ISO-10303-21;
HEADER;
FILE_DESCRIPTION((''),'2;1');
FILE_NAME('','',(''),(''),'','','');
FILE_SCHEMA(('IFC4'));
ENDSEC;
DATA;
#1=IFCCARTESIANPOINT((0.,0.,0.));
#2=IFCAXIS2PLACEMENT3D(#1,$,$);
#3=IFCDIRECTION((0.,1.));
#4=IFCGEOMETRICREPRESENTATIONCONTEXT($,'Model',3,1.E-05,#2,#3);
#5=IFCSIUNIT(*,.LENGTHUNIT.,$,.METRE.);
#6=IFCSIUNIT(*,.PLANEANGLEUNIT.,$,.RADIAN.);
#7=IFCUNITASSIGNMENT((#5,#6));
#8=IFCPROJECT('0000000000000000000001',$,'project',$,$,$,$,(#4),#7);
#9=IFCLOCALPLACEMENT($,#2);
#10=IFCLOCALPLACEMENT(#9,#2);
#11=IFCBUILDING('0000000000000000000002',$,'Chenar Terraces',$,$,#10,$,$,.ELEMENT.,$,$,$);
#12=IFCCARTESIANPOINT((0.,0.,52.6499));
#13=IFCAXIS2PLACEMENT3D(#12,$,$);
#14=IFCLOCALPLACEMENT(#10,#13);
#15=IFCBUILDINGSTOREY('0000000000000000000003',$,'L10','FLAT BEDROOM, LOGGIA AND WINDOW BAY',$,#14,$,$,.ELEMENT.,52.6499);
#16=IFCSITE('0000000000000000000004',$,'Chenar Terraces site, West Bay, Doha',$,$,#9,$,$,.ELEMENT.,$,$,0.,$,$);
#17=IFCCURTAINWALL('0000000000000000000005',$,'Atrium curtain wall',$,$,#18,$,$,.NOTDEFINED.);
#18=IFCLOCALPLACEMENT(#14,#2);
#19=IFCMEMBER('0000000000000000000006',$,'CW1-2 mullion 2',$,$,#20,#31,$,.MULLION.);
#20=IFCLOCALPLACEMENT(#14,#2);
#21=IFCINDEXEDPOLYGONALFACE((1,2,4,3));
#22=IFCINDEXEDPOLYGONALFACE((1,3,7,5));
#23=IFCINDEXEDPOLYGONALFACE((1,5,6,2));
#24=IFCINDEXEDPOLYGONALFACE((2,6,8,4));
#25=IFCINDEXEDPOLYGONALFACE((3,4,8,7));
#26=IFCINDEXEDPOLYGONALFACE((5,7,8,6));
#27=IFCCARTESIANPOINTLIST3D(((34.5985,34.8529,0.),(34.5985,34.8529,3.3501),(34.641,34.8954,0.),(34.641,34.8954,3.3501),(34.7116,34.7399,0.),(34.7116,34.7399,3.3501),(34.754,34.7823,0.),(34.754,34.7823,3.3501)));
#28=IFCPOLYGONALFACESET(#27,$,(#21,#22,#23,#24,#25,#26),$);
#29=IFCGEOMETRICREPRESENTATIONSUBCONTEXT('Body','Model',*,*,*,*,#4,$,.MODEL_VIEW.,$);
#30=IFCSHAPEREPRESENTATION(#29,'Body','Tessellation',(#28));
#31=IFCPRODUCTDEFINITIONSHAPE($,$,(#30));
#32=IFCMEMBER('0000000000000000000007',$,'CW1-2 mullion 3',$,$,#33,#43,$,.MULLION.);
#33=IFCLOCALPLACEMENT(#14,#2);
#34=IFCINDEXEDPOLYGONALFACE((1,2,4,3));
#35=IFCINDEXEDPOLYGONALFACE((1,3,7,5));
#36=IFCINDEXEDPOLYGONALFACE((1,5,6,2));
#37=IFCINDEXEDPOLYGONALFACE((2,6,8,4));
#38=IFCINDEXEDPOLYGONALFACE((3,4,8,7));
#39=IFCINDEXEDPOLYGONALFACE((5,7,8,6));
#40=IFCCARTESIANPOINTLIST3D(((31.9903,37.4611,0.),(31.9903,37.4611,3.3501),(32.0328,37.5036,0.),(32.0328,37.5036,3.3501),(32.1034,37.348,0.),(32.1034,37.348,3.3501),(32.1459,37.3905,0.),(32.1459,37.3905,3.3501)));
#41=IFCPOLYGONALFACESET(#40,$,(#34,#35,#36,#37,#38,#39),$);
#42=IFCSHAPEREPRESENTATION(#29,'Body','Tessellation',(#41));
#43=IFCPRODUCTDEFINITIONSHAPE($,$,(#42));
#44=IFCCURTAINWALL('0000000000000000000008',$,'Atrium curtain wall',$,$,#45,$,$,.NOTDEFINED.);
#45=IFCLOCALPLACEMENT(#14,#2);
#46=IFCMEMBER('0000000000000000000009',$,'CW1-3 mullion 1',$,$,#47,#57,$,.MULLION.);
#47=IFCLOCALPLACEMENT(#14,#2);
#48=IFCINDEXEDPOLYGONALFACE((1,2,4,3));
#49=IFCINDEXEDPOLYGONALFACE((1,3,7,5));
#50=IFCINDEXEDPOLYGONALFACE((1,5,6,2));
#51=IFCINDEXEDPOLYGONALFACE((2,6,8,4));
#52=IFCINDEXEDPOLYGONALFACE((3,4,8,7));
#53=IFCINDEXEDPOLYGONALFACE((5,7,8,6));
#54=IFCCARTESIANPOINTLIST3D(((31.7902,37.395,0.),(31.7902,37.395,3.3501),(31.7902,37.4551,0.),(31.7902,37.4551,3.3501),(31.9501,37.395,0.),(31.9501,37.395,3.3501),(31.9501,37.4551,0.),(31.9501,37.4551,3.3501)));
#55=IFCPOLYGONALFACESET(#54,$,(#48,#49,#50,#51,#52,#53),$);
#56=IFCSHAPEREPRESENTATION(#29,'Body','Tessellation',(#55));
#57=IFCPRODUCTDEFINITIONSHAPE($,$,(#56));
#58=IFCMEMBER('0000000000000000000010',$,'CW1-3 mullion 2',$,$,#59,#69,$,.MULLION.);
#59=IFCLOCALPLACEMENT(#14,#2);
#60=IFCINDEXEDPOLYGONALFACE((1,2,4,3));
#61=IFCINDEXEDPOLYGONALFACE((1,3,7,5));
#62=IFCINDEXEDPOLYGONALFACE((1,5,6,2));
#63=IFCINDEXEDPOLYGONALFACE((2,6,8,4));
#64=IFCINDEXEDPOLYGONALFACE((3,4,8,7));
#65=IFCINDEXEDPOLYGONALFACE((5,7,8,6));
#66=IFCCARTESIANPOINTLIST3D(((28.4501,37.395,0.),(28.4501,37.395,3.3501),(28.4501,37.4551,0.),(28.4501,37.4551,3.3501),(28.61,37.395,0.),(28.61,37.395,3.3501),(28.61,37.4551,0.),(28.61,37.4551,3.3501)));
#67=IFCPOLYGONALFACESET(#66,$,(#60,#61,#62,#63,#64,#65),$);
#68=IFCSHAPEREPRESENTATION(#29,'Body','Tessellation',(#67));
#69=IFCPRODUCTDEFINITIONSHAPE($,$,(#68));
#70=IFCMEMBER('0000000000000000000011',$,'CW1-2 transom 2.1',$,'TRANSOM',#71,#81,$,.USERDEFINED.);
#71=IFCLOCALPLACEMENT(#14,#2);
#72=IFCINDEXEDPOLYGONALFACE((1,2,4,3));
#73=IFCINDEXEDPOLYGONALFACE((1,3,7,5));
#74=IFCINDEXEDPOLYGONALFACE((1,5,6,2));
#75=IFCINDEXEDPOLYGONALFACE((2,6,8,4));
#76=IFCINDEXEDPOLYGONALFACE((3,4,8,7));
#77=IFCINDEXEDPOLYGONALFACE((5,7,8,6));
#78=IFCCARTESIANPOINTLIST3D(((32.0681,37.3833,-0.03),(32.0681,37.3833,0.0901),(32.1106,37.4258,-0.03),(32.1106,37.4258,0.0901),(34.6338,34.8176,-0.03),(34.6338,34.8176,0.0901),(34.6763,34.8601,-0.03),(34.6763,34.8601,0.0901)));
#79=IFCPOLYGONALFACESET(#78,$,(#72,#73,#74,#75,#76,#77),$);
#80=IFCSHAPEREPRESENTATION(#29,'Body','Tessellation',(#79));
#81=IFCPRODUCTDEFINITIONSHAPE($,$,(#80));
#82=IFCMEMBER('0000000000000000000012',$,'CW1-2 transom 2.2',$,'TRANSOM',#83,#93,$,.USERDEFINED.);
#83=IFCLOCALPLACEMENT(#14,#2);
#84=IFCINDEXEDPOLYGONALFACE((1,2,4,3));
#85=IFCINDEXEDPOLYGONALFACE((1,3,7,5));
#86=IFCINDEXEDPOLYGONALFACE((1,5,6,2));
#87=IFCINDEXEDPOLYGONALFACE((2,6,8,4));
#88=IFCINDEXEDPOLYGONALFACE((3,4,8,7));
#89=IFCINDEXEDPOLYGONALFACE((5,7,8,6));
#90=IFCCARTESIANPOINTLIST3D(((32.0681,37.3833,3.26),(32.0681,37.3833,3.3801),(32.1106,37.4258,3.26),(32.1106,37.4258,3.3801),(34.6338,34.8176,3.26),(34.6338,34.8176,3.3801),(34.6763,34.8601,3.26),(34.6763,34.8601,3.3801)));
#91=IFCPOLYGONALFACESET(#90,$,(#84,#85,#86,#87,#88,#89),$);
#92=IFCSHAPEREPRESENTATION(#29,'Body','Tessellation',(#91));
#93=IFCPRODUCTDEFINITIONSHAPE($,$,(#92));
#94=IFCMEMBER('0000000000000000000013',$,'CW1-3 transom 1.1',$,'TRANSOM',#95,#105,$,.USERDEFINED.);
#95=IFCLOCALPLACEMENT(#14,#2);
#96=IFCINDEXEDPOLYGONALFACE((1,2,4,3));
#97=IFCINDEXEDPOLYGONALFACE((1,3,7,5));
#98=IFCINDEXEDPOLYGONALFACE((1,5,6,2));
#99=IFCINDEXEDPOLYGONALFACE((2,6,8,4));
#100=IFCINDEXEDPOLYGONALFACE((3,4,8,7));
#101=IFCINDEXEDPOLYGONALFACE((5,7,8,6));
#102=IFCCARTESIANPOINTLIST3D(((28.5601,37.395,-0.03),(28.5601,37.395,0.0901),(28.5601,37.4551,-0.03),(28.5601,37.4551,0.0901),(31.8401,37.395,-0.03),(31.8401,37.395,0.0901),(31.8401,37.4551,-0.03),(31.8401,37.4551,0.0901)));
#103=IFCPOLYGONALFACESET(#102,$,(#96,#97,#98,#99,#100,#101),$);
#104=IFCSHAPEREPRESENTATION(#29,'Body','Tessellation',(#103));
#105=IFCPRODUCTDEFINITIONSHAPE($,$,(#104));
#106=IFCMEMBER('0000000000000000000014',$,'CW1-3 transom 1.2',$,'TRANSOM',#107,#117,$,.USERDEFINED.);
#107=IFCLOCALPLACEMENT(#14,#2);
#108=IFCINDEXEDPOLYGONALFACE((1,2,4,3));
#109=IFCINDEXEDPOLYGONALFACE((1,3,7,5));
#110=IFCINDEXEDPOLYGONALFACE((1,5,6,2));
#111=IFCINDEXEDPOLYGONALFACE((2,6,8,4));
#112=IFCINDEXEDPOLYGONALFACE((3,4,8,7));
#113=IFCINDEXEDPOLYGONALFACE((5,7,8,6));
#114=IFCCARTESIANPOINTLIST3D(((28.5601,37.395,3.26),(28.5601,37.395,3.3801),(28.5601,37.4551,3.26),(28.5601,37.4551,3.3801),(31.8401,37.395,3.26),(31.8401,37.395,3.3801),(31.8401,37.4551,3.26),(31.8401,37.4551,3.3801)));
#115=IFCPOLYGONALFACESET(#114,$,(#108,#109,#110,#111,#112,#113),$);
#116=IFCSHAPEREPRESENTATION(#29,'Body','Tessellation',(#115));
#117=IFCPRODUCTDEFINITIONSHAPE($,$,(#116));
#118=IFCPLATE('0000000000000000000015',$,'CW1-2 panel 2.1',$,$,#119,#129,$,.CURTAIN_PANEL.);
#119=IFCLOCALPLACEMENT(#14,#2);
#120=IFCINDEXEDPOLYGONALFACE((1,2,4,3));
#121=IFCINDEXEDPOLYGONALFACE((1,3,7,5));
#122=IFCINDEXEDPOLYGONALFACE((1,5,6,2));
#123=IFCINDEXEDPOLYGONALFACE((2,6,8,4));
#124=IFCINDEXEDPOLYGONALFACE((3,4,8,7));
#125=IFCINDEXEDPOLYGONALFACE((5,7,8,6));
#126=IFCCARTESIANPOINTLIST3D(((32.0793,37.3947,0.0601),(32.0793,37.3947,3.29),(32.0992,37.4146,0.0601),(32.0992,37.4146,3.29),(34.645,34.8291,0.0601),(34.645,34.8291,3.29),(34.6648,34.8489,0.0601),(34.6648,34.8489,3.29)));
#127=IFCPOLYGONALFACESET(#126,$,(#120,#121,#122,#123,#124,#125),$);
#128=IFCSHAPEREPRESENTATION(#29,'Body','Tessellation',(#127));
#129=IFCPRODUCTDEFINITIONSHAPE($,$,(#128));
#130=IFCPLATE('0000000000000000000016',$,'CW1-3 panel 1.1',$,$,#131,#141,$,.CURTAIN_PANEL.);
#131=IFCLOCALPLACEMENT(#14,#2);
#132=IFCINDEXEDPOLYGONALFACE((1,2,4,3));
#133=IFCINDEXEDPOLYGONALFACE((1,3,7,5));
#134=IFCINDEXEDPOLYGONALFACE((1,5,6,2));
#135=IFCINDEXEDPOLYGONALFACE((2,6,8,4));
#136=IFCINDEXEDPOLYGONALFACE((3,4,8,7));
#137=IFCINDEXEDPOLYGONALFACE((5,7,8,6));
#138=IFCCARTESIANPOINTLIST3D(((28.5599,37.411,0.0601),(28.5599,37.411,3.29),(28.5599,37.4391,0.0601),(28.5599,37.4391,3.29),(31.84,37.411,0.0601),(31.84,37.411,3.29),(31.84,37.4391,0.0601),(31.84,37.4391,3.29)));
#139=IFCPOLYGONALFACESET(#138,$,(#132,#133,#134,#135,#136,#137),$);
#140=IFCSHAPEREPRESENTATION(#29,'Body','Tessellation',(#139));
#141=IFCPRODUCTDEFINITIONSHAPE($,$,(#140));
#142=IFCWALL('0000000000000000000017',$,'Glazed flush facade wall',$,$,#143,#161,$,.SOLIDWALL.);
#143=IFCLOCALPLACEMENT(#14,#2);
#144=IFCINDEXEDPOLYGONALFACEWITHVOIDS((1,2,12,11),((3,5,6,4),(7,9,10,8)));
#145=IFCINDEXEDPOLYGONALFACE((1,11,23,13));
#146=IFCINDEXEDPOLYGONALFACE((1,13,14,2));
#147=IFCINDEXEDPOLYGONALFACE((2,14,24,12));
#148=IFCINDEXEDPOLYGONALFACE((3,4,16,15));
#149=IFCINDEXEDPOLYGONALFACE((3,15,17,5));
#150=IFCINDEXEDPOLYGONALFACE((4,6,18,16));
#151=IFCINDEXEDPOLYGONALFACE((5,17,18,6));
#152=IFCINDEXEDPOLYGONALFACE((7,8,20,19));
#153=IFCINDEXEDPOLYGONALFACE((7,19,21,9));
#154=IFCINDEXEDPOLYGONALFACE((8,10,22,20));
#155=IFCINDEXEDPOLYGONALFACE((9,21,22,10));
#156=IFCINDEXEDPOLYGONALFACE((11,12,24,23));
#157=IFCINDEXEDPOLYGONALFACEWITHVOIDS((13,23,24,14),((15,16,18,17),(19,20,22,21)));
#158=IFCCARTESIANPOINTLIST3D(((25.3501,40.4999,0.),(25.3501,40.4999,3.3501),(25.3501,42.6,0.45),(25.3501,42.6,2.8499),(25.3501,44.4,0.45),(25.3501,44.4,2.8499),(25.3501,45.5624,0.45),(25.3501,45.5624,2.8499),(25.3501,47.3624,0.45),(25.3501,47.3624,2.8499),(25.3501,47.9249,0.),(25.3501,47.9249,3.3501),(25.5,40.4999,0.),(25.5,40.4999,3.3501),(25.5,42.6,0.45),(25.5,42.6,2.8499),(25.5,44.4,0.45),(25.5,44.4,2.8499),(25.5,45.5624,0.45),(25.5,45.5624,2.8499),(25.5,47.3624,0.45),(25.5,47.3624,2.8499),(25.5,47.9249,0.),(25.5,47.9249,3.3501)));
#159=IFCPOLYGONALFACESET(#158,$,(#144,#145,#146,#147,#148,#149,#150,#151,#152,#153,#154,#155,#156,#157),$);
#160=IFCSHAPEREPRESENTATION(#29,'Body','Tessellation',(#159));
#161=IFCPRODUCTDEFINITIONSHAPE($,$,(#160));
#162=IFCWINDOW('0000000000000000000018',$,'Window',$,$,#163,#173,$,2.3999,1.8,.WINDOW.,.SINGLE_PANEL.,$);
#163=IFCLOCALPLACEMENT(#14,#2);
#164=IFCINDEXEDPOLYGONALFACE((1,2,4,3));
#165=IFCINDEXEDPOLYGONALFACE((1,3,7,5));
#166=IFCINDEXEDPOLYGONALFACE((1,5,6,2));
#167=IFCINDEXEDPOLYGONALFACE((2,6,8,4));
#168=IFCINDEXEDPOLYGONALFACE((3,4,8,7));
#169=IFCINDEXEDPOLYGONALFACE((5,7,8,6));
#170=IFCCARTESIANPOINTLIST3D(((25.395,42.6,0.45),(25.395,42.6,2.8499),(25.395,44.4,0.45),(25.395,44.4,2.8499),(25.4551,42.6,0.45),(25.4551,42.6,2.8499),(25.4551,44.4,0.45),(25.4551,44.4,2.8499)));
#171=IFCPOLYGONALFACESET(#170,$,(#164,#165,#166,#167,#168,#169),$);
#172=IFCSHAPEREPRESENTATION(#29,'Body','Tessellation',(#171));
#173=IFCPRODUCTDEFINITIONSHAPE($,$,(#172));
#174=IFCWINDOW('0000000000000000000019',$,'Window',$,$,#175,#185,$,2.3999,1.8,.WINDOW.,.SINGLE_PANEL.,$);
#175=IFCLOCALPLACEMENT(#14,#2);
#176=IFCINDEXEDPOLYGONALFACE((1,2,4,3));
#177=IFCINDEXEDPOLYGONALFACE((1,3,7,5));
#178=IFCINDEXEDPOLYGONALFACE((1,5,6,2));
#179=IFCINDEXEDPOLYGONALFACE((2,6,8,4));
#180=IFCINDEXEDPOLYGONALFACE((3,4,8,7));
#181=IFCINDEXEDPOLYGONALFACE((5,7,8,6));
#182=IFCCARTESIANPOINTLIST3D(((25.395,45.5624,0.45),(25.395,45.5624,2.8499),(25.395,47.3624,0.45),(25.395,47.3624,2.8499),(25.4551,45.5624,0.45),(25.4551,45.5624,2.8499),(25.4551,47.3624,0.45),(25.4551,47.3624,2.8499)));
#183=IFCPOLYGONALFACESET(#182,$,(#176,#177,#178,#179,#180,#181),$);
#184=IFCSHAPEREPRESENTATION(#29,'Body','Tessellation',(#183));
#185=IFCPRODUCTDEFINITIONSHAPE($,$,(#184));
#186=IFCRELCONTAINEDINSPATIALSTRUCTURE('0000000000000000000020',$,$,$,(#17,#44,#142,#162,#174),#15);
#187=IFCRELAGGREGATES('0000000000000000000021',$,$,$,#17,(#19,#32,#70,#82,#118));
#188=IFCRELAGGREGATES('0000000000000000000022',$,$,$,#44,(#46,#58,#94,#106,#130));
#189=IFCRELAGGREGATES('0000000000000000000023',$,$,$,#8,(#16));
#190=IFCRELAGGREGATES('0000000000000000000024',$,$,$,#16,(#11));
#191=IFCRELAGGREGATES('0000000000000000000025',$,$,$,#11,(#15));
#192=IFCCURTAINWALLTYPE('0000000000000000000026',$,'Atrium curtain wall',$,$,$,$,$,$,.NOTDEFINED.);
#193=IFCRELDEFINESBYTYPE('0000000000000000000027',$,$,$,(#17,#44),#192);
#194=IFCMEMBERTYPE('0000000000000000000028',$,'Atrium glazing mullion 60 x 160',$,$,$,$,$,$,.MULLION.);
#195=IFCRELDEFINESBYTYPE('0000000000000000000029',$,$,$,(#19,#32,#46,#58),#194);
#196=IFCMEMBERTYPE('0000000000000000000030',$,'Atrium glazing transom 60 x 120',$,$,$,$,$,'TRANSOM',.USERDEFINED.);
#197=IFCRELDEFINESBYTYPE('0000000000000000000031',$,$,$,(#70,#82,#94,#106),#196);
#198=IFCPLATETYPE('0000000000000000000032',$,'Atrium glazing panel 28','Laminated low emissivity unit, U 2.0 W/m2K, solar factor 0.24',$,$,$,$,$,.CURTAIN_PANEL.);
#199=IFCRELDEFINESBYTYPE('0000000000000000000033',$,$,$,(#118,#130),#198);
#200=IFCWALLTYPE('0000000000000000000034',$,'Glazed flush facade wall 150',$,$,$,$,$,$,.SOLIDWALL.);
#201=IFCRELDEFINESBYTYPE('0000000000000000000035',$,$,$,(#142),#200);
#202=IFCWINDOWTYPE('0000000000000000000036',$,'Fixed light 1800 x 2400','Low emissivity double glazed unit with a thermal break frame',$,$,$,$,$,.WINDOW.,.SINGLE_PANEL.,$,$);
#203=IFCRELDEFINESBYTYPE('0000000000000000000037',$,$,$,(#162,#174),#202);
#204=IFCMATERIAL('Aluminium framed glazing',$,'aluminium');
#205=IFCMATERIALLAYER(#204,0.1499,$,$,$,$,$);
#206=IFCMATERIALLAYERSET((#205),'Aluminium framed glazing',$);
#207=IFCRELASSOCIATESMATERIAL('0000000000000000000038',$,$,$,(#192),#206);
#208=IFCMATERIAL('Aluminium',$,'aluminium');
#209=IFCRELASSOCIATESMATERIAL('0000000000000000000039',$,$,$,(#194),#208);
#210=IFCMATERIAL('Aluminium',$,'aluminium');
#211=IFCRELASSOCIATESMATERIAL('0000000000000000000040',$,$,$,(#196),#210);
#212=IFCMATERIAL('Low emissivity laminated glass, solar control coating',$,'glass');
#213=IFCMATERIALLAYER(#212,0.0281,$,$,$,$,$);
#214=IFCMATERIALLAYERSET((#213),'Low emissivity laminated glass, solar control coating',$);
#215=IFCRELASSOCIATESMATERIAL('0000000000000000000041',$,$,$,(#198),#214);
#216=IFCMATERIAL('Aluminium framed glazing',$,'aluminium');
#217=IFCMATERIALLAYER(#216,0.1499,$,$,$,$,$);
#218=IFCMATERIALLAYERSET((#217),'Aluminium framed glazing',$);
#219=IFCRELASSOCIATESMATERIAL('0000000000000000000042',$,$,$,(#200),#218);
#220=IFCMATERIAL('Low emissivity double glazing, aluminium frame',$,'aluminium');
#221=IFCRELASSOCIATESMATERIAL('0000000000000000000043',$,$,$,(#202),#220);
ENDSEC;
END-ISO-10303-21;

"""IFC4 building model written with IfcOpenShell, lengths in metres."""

from ifc_helpers import new_model, si_unit, direction, frame, frame_2d, origin, origin_2d, place, context, subcontext, project, spatial, rectangle, extrude, material, layer, layer_set, material_profile, profile_set, type_object, element, fill, aggregate, save


model = new_model("IFC4")

# Units and contexts
model_context = context("Model", 3, precision=1e-05, world=origin(), true_north=direction((0.0, 1.0)))
body_context = subcontext(model_context, "Body", "Model", "MODEL_VIEW")
ifc_project = project(units=[si_unit("LENGTHUNIT", "METRE"), si_unit("PLANEANGLEUNIT", "RADIAN")], contexts=[model_context])

# Site, building, storey
site_placement = place(None, origin())
site = spatial("IfcSite", under=ifc_project, at=site_placement, Name="Chenar Terraces site, West Bay, Doha", CompositionType="ELEMENT", RefElevation=0.0)
building_placement = place(site_placement, origin())
building = spatial("IfcBuilding", under=site, at=building_placement, Name="Chenar Terraces", CompositionType="ELEMENT")
storey_placement = place(building_placement, frame((0.0, 0.0, 52.6499)))
storey = spatial("IfcBuildingStorey", under=building, at=storey_placement, Name="L10", Description="FLAT BEDROOM, LOGGIA AND WINDOW BAY", CompositionType="ELEMENT", Elevation=52.6499)

# Curtain walls, members
ifc_material_1 = material(Name="Aluminium framed glazing", Category="aluminium")
ifc_layer_1 = layer(ifc_material_1, 0.1499)
ifc_layer_set_1 = layer_set([ifc_layer_1], Name="Aluminium framed glazing")
curtain_wall_type = type_object("IfcCurtainWallType", Name="Atrium curtain wall", PredefinedType="NOTDEFINED", material=ifc_layer_set_1)
placement = place(storey_placement, origin())
curtain_wall_1 = element("IfcCurtainWall", 1, at=placement, inside=storey, type_object=curtain_wall_type, Name="Atrium curtain wall", PredefinedType="NOTDEFINED")
ifc_material_2 = material(Name="Aluminium", Category="aluminium")
ifc_material_profile_1 = material_profile(ifc_material_2, rectangle(XDim=0.0601, YDim=0.1599, at=origin_2d()), Name="Atrium glazing mullion 60 x 160")
ifc_profile_set_1 = profile_set([ifc_material_profile_1], Name="Aluminium")
member_type_1 = type_object("IfcMemberType", Name="Atrium glazing mullion 60 x 160", PredefinedType="MULLION", material=ifc_profile_set_1)
member_1_placement = place(storey_placement, frame((34.6763, 34.8176, 0.0), z_axis=(0.0, 0.0, 1.0), x_axis=(-0.707107, -0.707107, 0.0)))
member_1 = element("IfcMember", 2, at=member_1_placement, type_object=member_type_1, Name="CW1-2 mullion 2", PredefinedType="MULLION", context=body_context, shape_type="SweptSolid", body=[
    extrude(rectangle(XDim=0.0601, YDim=0.1599, at=origin_2d()), origin(), (0.0, 0.0, 1.0), 3.3501),
])
member_2_placement = place(storey_placement, frame((32.0681, 37.4258, 0.0), z_axis=(0.0, 0.0, 1.0), x_axis=(-0.707107, -0.707107, 0.0)))
member_2 = element("IfcMember", 3, at=member_2_placement, type_object=member_type_1, Name="CW1-2 mullion 3", PredefinedType="MULLION", context=body_context, shape_type="SweptSolid", body=[
    extrude(rectangle(XDim=0.0601, YDim=0.1599, at=origin_2d()), origin(), (0.0, 0.0, 1.0), 3.3501),
])
curtain_wall_2 = element("IfcCurtainWall", 4, at=placement, inside=storey, type_object=curtain_wall_type, Name="Atrium curtain wall", PredefinedType="NOTDEFINED")
member_3_placement = place(storey_placement, frame((31.8701, 37.425, 0.0), z_axis=(0.0, 0.0, 1.0), x_axis=(0.0, -1.0, 0.0)))
member_3 = element("IfcMember", 5, at=member_3_placement, type_object=member_type_1, Name="CW1-3 mullion 1", PredefinedType="MULLION", context=body_context, shape_type="SweptSolid", body=[
    extrude(rectangle(XDim=0.0601, YDim=0.1599, at=origin_2d()), origin(), (0.0, 0.0, 1.0), 3.3501),
])
member_4_placement = place(storey_placement, frame((28.53, 37.425, 0.0), z_axis=(0.0, 0.0, 1.0), x_axis=(0.0, -1.0, 0.0)))
member_4 = element("IfcMember", 6, at=member_4_placement, type_object=member_type_1, Name="CW1-3 mullion 2", PredefinedType="MULLION", context=body_context, shape_type="SweptSolid", body=[
    extrude(rectangle(XDim=0.0601, YDim=0.1599, at=origin_2d()), origin(), (0.0, 0.0, 1.0), 3.3501),
])

# Members
ifc_material_3 = material(Name="Aluminium", Category="aluminium")
ifc_material_profile_2 = material_profile(ifc_material_3, rectangle(XDim=0.0601, YDim=0.1201, at=origin_2d()), Name="Atrium glazing transom 60 x 120")
ifc_profile_set_2 = profile_set([ifc_material_profile_2], Name="Aluminium")
member_type_2 = type_object("IfcMemberType", Name="Atrium glazing transom 60 x 120", ElementType="TRANSOM", PredefinedType="USERDEFINED", material=ifc_profile_set_2)
member_5_placement = place(storey_placement, frame((34.655, 34.8389, 0.03), z_axis=(-0.707107, 0.707107, 0.0), x_axis=(-0.707107, -0.707107, 0.0)))
member_5 = element("IfcMember", 7, at=member_5_placement, type_object=member_type_2, Name="CW1-2 transom 2.1", ObjectType="TRANSOM", PredefinedType="USERDEFINED", context=body_context, shape_type="SweptSolid", body=[
    extrude(rectangle(XDim=0.0601, YDim=0.1201, at=origin_2d()), origin(), (0.0, 0.0, 1.0), 3.6284),
])
member_6_placement = place(storey_placement, frame((34.655, 34.8389, 3.3201), z_axis=(-0.707107, 0.707107, 0.0), x_axis=(-0.707107, -0.707107, 0.0)))
member_6 = element("IfcMember", 8, at=member_6_placement, type_object=member_type_2, Name="CW1-2 transom 2.2", ObjectType="TRANSOM", PredefinedType="USERDEFINED", context=body_context, shape_type="SweptSolid", body=[
    extrude(rectangle(XDim=0.0601, YDim=0.1201, at=origin_2d()), origin(), (0.0, 0.0, 1.0), 3.6284),
])
member_7_placement = place(storey_placement, frame((31.8401, 37.425, 0.03), z_axis=(-1.0, 0.0, 0.0), x_axis=(0.0, -1.0, 0.0)))
member_7 = element("IfcMember", 9, at=member_7_placement, type_object=member_type_2, Name="CW1-3 transom 1.1", ObjectType="TRANSOM", PredefinedType="USERDEFINED", context=body_context, shape_type="SweptSolid", body=[
    extrude(rectangle(XDim=0.0601, YDim=0.1201, at=origin_2d()), origin(), (0.0, 0.0, 1.0), 3.28),
])
member_8_placement = place(storey_placement, frame((31.8401, 37.425, 3.3201), z_axis=(-1.0, 0.0, 0.0), x_axis=(0.0, -1.0, 0.0)))
member_8 = element("IfcMember", 10, at=member_8_placement, type_object=member_type_2, Name="CW1-3 transom 1.2", ObjectType="TRANSOM", PredefinedType="USERDEFINED", context=body_context, shape_type="SweptSolid", body=[
    extrude(rectangle(XDim=0.0601, YDim=0.1201, at=origin_2d()), origin(), (0.0, 0.0, 1.0), 3.28),
])

# Plates
ifc_material_4 = material(Name="Low emissivity laminated glass, solar control coating", Category="glass")
ifc_layer_2 = layer(ifc_material_4, 0.0281)
ifc_layer_set_2 = layer_set([ifc_layer_2], Name="Low emissivity laminated glass, solar control coating")
plate_type = type_object("IfcPlateType", Name="Atrium glazing panel 28", Description="Laminated low emissivity unit, U 2.0 W/m2K, solar factor 0.24", PredefinedType="CURTAIN_PANEL", material=ifc_layer_set_2)
plate_1_placement = place(storey_placement, frame((33.3721, 36.1218, 0.0601), z_axis=(0.0, 0.0, 1.0), x_axis=(-0.707107, 0.707107, 0.0)))
plate_1 = element("IfcPlate", 11, at=plate_1_placement, type_object=plate_type, Name="CW1-2 panel 2.1", PredefinedType="CURTAIN_PANEL", context=body_context, shape_type="SweptSolid", body=[
    extrude(rectangle(XDim=3.6284, YDim=0.0281, at=origin_2d()), origin(), (0.0, 0.0, 1.0), 3.23),
])
aggregate(curtain_wall_1, [member_1, member_2, member_5, member_6, plate_1])
plate_2_placement = place(storey_placement, frame((30.2, 37.425, 0.0601), z_axis=(0.0, 0.0, 1.0), x_axis=(-1.0, 0.0, 0.0)))
plate_2 = element("IfcPlate", 12, at=plate_2_placement, type_object=plate_type, Name="CW1-3 panel 1.1", PredefinedType="CURTAIN_PANEL", context=body_context, shape_type="SweptSolid", body=[
    extrude(rectangle(XDim=3.28, YDim=0.0281, at=origin_2d()), origin(), (0.0, 0.0, 1.0), 3.23),
])
aggregate(curtain_wall_2, [member_3, member_4, member_7, member_8, plate_2])

# Wall, openings, windows
ifc_material_5 = material(Name="Aluminium framed glazing", Category="aluminium")
ifc_layer_3 = layer(ifc_material_5, 0.1499)
ifc_layer_set_3 = layer_set([ifc_layer_3], Name="Aluminium framed glazing")
wall_type_1 = type_object("IfcWallType", Name="Glazed flush facade wall 150", PredefinedType="SOLIDWALL", material=ifc_layer_set_3)
wall_1_placement = place(storey_placement, frame((25.425, 40.5, 0.0), z_axis=(0.0, 0.0, 1.0), x_axis=(0.0, 1.0, 0.0)))
wall_1 = element("IfcWall", 13, at=wall_1_placement, inside=storey, type_object=wall_type_1, Name="Glazed flush facade wall", PredefinedType="SOLIDWALL", context=body_context, shape_type="SweptSolid", body=[
    extrude(rectangle(XDim=7.425, YDim=0.1499, at=frame_2d((3.7124, 0.0))), origin(), (0.0, 0.0, 1.0), 3.3501),
])
opening_1_placement = place(wall_1_placement, frame((2.1001, 0.0, 0.45)))
opening_1 = element("IfcOpeningElement", 14, at=opening_1_placement, cuts=wall_1, PredefinedType="OPENING", context=body_context, shape_type="SweptSolid", body=[
    extrude(rectangle(XDim=1.8, YDim=2.3999, at=frame_2d((0.8999, 1.2))), frame((0.0, 0.085, 0.0), z_axis=(0.0, -1.0, 0.0), x_axis=(1.0, 0.0, 0.0)), (0.0, 0.0, 1.0), 0.1699),
])
opening_2_placement = place(wall_1_placement, frame((5.0625, 0.0, 0.45)))
opening_2 = element("IfcOpeningElement", 15, at=opening_2_placement, cuts=wall_1, PredefinedType="OPENING", context=body_context, shape_type="SweptSolid", body=[
    extrude(rectangle(XDim=1.8, YDim=2.3999, at=frame_2d((0.8999, 1.2))), frame((0.0, 0.085, 0.0), z_axis=(0.0, -1.0, 0.0), x_axis=(1.0, 0.0, 0.0)), (0.0, 0.0, 1.0), 0.1699),
])
ifc_material_6 = material(Name="Low emissivity double glazing, aluminium frame", Category="aluminium")
window_type_1 = type_object("IfcWindowType", Name="Fixed light 1800 x 2400", Description="Low emissivity double glazed unit with a thermal break frame", PartitioningType="SINGLE_PANEL", PredefinedType="WINDOW", material=ifc_material_6)
window_1_placement = place(opening_1_placement, origin())
window_1 = element("IfcWindow", 16, at=window_1_placement, inside=storey, type_object=window_type_1, Name="Window", OverallHeight=2.3999, OverallWidth=1.8, PartitioningType="SINGLE_PANEL", PredefinedType="WINDOW", context=body_context, shape_type="SweptSolid", body=[
    extrude(rectangle(XDim=1.8, YDim=2.3999, at=frame_2d((0.8999, 1.2))), frame((0.0, 0.03, 0.0), z_axis=(0.0, -1.0, 0.0), x_axis=(1.0, 0.0, 0.0)), (0.0, 0.0, 1.0), 0.0601),
])
fill(opening_1, window_1)
window_2_placement = place(opening_2_placement, origin())
window_2 = element("IfcWindow", 17, at=window_2_placement, inside=storey, type_object=window_type_1, Name="Window", OverallHeight=2.3999, OverallWidth=1.8, PartitioningType="SINGLE_PANEL", PredefinedType="WINDOW", context=body_context, shape_type="SweptSolid", body=[
    extrude(rectangle(XDim=1.8, YDim=2.3999, at=frame_2d((0.8999, 1.2))), frame((0.0, 0.03, 0.0), z_axis=(0.0, -1.0, 0.0), x_axis=(1.0, 0.0, 0.0)), (0.0, 0.0, 1.0), 0.0601),
])
fill(opening_2, window_2)

save(model, "model.ifc")
